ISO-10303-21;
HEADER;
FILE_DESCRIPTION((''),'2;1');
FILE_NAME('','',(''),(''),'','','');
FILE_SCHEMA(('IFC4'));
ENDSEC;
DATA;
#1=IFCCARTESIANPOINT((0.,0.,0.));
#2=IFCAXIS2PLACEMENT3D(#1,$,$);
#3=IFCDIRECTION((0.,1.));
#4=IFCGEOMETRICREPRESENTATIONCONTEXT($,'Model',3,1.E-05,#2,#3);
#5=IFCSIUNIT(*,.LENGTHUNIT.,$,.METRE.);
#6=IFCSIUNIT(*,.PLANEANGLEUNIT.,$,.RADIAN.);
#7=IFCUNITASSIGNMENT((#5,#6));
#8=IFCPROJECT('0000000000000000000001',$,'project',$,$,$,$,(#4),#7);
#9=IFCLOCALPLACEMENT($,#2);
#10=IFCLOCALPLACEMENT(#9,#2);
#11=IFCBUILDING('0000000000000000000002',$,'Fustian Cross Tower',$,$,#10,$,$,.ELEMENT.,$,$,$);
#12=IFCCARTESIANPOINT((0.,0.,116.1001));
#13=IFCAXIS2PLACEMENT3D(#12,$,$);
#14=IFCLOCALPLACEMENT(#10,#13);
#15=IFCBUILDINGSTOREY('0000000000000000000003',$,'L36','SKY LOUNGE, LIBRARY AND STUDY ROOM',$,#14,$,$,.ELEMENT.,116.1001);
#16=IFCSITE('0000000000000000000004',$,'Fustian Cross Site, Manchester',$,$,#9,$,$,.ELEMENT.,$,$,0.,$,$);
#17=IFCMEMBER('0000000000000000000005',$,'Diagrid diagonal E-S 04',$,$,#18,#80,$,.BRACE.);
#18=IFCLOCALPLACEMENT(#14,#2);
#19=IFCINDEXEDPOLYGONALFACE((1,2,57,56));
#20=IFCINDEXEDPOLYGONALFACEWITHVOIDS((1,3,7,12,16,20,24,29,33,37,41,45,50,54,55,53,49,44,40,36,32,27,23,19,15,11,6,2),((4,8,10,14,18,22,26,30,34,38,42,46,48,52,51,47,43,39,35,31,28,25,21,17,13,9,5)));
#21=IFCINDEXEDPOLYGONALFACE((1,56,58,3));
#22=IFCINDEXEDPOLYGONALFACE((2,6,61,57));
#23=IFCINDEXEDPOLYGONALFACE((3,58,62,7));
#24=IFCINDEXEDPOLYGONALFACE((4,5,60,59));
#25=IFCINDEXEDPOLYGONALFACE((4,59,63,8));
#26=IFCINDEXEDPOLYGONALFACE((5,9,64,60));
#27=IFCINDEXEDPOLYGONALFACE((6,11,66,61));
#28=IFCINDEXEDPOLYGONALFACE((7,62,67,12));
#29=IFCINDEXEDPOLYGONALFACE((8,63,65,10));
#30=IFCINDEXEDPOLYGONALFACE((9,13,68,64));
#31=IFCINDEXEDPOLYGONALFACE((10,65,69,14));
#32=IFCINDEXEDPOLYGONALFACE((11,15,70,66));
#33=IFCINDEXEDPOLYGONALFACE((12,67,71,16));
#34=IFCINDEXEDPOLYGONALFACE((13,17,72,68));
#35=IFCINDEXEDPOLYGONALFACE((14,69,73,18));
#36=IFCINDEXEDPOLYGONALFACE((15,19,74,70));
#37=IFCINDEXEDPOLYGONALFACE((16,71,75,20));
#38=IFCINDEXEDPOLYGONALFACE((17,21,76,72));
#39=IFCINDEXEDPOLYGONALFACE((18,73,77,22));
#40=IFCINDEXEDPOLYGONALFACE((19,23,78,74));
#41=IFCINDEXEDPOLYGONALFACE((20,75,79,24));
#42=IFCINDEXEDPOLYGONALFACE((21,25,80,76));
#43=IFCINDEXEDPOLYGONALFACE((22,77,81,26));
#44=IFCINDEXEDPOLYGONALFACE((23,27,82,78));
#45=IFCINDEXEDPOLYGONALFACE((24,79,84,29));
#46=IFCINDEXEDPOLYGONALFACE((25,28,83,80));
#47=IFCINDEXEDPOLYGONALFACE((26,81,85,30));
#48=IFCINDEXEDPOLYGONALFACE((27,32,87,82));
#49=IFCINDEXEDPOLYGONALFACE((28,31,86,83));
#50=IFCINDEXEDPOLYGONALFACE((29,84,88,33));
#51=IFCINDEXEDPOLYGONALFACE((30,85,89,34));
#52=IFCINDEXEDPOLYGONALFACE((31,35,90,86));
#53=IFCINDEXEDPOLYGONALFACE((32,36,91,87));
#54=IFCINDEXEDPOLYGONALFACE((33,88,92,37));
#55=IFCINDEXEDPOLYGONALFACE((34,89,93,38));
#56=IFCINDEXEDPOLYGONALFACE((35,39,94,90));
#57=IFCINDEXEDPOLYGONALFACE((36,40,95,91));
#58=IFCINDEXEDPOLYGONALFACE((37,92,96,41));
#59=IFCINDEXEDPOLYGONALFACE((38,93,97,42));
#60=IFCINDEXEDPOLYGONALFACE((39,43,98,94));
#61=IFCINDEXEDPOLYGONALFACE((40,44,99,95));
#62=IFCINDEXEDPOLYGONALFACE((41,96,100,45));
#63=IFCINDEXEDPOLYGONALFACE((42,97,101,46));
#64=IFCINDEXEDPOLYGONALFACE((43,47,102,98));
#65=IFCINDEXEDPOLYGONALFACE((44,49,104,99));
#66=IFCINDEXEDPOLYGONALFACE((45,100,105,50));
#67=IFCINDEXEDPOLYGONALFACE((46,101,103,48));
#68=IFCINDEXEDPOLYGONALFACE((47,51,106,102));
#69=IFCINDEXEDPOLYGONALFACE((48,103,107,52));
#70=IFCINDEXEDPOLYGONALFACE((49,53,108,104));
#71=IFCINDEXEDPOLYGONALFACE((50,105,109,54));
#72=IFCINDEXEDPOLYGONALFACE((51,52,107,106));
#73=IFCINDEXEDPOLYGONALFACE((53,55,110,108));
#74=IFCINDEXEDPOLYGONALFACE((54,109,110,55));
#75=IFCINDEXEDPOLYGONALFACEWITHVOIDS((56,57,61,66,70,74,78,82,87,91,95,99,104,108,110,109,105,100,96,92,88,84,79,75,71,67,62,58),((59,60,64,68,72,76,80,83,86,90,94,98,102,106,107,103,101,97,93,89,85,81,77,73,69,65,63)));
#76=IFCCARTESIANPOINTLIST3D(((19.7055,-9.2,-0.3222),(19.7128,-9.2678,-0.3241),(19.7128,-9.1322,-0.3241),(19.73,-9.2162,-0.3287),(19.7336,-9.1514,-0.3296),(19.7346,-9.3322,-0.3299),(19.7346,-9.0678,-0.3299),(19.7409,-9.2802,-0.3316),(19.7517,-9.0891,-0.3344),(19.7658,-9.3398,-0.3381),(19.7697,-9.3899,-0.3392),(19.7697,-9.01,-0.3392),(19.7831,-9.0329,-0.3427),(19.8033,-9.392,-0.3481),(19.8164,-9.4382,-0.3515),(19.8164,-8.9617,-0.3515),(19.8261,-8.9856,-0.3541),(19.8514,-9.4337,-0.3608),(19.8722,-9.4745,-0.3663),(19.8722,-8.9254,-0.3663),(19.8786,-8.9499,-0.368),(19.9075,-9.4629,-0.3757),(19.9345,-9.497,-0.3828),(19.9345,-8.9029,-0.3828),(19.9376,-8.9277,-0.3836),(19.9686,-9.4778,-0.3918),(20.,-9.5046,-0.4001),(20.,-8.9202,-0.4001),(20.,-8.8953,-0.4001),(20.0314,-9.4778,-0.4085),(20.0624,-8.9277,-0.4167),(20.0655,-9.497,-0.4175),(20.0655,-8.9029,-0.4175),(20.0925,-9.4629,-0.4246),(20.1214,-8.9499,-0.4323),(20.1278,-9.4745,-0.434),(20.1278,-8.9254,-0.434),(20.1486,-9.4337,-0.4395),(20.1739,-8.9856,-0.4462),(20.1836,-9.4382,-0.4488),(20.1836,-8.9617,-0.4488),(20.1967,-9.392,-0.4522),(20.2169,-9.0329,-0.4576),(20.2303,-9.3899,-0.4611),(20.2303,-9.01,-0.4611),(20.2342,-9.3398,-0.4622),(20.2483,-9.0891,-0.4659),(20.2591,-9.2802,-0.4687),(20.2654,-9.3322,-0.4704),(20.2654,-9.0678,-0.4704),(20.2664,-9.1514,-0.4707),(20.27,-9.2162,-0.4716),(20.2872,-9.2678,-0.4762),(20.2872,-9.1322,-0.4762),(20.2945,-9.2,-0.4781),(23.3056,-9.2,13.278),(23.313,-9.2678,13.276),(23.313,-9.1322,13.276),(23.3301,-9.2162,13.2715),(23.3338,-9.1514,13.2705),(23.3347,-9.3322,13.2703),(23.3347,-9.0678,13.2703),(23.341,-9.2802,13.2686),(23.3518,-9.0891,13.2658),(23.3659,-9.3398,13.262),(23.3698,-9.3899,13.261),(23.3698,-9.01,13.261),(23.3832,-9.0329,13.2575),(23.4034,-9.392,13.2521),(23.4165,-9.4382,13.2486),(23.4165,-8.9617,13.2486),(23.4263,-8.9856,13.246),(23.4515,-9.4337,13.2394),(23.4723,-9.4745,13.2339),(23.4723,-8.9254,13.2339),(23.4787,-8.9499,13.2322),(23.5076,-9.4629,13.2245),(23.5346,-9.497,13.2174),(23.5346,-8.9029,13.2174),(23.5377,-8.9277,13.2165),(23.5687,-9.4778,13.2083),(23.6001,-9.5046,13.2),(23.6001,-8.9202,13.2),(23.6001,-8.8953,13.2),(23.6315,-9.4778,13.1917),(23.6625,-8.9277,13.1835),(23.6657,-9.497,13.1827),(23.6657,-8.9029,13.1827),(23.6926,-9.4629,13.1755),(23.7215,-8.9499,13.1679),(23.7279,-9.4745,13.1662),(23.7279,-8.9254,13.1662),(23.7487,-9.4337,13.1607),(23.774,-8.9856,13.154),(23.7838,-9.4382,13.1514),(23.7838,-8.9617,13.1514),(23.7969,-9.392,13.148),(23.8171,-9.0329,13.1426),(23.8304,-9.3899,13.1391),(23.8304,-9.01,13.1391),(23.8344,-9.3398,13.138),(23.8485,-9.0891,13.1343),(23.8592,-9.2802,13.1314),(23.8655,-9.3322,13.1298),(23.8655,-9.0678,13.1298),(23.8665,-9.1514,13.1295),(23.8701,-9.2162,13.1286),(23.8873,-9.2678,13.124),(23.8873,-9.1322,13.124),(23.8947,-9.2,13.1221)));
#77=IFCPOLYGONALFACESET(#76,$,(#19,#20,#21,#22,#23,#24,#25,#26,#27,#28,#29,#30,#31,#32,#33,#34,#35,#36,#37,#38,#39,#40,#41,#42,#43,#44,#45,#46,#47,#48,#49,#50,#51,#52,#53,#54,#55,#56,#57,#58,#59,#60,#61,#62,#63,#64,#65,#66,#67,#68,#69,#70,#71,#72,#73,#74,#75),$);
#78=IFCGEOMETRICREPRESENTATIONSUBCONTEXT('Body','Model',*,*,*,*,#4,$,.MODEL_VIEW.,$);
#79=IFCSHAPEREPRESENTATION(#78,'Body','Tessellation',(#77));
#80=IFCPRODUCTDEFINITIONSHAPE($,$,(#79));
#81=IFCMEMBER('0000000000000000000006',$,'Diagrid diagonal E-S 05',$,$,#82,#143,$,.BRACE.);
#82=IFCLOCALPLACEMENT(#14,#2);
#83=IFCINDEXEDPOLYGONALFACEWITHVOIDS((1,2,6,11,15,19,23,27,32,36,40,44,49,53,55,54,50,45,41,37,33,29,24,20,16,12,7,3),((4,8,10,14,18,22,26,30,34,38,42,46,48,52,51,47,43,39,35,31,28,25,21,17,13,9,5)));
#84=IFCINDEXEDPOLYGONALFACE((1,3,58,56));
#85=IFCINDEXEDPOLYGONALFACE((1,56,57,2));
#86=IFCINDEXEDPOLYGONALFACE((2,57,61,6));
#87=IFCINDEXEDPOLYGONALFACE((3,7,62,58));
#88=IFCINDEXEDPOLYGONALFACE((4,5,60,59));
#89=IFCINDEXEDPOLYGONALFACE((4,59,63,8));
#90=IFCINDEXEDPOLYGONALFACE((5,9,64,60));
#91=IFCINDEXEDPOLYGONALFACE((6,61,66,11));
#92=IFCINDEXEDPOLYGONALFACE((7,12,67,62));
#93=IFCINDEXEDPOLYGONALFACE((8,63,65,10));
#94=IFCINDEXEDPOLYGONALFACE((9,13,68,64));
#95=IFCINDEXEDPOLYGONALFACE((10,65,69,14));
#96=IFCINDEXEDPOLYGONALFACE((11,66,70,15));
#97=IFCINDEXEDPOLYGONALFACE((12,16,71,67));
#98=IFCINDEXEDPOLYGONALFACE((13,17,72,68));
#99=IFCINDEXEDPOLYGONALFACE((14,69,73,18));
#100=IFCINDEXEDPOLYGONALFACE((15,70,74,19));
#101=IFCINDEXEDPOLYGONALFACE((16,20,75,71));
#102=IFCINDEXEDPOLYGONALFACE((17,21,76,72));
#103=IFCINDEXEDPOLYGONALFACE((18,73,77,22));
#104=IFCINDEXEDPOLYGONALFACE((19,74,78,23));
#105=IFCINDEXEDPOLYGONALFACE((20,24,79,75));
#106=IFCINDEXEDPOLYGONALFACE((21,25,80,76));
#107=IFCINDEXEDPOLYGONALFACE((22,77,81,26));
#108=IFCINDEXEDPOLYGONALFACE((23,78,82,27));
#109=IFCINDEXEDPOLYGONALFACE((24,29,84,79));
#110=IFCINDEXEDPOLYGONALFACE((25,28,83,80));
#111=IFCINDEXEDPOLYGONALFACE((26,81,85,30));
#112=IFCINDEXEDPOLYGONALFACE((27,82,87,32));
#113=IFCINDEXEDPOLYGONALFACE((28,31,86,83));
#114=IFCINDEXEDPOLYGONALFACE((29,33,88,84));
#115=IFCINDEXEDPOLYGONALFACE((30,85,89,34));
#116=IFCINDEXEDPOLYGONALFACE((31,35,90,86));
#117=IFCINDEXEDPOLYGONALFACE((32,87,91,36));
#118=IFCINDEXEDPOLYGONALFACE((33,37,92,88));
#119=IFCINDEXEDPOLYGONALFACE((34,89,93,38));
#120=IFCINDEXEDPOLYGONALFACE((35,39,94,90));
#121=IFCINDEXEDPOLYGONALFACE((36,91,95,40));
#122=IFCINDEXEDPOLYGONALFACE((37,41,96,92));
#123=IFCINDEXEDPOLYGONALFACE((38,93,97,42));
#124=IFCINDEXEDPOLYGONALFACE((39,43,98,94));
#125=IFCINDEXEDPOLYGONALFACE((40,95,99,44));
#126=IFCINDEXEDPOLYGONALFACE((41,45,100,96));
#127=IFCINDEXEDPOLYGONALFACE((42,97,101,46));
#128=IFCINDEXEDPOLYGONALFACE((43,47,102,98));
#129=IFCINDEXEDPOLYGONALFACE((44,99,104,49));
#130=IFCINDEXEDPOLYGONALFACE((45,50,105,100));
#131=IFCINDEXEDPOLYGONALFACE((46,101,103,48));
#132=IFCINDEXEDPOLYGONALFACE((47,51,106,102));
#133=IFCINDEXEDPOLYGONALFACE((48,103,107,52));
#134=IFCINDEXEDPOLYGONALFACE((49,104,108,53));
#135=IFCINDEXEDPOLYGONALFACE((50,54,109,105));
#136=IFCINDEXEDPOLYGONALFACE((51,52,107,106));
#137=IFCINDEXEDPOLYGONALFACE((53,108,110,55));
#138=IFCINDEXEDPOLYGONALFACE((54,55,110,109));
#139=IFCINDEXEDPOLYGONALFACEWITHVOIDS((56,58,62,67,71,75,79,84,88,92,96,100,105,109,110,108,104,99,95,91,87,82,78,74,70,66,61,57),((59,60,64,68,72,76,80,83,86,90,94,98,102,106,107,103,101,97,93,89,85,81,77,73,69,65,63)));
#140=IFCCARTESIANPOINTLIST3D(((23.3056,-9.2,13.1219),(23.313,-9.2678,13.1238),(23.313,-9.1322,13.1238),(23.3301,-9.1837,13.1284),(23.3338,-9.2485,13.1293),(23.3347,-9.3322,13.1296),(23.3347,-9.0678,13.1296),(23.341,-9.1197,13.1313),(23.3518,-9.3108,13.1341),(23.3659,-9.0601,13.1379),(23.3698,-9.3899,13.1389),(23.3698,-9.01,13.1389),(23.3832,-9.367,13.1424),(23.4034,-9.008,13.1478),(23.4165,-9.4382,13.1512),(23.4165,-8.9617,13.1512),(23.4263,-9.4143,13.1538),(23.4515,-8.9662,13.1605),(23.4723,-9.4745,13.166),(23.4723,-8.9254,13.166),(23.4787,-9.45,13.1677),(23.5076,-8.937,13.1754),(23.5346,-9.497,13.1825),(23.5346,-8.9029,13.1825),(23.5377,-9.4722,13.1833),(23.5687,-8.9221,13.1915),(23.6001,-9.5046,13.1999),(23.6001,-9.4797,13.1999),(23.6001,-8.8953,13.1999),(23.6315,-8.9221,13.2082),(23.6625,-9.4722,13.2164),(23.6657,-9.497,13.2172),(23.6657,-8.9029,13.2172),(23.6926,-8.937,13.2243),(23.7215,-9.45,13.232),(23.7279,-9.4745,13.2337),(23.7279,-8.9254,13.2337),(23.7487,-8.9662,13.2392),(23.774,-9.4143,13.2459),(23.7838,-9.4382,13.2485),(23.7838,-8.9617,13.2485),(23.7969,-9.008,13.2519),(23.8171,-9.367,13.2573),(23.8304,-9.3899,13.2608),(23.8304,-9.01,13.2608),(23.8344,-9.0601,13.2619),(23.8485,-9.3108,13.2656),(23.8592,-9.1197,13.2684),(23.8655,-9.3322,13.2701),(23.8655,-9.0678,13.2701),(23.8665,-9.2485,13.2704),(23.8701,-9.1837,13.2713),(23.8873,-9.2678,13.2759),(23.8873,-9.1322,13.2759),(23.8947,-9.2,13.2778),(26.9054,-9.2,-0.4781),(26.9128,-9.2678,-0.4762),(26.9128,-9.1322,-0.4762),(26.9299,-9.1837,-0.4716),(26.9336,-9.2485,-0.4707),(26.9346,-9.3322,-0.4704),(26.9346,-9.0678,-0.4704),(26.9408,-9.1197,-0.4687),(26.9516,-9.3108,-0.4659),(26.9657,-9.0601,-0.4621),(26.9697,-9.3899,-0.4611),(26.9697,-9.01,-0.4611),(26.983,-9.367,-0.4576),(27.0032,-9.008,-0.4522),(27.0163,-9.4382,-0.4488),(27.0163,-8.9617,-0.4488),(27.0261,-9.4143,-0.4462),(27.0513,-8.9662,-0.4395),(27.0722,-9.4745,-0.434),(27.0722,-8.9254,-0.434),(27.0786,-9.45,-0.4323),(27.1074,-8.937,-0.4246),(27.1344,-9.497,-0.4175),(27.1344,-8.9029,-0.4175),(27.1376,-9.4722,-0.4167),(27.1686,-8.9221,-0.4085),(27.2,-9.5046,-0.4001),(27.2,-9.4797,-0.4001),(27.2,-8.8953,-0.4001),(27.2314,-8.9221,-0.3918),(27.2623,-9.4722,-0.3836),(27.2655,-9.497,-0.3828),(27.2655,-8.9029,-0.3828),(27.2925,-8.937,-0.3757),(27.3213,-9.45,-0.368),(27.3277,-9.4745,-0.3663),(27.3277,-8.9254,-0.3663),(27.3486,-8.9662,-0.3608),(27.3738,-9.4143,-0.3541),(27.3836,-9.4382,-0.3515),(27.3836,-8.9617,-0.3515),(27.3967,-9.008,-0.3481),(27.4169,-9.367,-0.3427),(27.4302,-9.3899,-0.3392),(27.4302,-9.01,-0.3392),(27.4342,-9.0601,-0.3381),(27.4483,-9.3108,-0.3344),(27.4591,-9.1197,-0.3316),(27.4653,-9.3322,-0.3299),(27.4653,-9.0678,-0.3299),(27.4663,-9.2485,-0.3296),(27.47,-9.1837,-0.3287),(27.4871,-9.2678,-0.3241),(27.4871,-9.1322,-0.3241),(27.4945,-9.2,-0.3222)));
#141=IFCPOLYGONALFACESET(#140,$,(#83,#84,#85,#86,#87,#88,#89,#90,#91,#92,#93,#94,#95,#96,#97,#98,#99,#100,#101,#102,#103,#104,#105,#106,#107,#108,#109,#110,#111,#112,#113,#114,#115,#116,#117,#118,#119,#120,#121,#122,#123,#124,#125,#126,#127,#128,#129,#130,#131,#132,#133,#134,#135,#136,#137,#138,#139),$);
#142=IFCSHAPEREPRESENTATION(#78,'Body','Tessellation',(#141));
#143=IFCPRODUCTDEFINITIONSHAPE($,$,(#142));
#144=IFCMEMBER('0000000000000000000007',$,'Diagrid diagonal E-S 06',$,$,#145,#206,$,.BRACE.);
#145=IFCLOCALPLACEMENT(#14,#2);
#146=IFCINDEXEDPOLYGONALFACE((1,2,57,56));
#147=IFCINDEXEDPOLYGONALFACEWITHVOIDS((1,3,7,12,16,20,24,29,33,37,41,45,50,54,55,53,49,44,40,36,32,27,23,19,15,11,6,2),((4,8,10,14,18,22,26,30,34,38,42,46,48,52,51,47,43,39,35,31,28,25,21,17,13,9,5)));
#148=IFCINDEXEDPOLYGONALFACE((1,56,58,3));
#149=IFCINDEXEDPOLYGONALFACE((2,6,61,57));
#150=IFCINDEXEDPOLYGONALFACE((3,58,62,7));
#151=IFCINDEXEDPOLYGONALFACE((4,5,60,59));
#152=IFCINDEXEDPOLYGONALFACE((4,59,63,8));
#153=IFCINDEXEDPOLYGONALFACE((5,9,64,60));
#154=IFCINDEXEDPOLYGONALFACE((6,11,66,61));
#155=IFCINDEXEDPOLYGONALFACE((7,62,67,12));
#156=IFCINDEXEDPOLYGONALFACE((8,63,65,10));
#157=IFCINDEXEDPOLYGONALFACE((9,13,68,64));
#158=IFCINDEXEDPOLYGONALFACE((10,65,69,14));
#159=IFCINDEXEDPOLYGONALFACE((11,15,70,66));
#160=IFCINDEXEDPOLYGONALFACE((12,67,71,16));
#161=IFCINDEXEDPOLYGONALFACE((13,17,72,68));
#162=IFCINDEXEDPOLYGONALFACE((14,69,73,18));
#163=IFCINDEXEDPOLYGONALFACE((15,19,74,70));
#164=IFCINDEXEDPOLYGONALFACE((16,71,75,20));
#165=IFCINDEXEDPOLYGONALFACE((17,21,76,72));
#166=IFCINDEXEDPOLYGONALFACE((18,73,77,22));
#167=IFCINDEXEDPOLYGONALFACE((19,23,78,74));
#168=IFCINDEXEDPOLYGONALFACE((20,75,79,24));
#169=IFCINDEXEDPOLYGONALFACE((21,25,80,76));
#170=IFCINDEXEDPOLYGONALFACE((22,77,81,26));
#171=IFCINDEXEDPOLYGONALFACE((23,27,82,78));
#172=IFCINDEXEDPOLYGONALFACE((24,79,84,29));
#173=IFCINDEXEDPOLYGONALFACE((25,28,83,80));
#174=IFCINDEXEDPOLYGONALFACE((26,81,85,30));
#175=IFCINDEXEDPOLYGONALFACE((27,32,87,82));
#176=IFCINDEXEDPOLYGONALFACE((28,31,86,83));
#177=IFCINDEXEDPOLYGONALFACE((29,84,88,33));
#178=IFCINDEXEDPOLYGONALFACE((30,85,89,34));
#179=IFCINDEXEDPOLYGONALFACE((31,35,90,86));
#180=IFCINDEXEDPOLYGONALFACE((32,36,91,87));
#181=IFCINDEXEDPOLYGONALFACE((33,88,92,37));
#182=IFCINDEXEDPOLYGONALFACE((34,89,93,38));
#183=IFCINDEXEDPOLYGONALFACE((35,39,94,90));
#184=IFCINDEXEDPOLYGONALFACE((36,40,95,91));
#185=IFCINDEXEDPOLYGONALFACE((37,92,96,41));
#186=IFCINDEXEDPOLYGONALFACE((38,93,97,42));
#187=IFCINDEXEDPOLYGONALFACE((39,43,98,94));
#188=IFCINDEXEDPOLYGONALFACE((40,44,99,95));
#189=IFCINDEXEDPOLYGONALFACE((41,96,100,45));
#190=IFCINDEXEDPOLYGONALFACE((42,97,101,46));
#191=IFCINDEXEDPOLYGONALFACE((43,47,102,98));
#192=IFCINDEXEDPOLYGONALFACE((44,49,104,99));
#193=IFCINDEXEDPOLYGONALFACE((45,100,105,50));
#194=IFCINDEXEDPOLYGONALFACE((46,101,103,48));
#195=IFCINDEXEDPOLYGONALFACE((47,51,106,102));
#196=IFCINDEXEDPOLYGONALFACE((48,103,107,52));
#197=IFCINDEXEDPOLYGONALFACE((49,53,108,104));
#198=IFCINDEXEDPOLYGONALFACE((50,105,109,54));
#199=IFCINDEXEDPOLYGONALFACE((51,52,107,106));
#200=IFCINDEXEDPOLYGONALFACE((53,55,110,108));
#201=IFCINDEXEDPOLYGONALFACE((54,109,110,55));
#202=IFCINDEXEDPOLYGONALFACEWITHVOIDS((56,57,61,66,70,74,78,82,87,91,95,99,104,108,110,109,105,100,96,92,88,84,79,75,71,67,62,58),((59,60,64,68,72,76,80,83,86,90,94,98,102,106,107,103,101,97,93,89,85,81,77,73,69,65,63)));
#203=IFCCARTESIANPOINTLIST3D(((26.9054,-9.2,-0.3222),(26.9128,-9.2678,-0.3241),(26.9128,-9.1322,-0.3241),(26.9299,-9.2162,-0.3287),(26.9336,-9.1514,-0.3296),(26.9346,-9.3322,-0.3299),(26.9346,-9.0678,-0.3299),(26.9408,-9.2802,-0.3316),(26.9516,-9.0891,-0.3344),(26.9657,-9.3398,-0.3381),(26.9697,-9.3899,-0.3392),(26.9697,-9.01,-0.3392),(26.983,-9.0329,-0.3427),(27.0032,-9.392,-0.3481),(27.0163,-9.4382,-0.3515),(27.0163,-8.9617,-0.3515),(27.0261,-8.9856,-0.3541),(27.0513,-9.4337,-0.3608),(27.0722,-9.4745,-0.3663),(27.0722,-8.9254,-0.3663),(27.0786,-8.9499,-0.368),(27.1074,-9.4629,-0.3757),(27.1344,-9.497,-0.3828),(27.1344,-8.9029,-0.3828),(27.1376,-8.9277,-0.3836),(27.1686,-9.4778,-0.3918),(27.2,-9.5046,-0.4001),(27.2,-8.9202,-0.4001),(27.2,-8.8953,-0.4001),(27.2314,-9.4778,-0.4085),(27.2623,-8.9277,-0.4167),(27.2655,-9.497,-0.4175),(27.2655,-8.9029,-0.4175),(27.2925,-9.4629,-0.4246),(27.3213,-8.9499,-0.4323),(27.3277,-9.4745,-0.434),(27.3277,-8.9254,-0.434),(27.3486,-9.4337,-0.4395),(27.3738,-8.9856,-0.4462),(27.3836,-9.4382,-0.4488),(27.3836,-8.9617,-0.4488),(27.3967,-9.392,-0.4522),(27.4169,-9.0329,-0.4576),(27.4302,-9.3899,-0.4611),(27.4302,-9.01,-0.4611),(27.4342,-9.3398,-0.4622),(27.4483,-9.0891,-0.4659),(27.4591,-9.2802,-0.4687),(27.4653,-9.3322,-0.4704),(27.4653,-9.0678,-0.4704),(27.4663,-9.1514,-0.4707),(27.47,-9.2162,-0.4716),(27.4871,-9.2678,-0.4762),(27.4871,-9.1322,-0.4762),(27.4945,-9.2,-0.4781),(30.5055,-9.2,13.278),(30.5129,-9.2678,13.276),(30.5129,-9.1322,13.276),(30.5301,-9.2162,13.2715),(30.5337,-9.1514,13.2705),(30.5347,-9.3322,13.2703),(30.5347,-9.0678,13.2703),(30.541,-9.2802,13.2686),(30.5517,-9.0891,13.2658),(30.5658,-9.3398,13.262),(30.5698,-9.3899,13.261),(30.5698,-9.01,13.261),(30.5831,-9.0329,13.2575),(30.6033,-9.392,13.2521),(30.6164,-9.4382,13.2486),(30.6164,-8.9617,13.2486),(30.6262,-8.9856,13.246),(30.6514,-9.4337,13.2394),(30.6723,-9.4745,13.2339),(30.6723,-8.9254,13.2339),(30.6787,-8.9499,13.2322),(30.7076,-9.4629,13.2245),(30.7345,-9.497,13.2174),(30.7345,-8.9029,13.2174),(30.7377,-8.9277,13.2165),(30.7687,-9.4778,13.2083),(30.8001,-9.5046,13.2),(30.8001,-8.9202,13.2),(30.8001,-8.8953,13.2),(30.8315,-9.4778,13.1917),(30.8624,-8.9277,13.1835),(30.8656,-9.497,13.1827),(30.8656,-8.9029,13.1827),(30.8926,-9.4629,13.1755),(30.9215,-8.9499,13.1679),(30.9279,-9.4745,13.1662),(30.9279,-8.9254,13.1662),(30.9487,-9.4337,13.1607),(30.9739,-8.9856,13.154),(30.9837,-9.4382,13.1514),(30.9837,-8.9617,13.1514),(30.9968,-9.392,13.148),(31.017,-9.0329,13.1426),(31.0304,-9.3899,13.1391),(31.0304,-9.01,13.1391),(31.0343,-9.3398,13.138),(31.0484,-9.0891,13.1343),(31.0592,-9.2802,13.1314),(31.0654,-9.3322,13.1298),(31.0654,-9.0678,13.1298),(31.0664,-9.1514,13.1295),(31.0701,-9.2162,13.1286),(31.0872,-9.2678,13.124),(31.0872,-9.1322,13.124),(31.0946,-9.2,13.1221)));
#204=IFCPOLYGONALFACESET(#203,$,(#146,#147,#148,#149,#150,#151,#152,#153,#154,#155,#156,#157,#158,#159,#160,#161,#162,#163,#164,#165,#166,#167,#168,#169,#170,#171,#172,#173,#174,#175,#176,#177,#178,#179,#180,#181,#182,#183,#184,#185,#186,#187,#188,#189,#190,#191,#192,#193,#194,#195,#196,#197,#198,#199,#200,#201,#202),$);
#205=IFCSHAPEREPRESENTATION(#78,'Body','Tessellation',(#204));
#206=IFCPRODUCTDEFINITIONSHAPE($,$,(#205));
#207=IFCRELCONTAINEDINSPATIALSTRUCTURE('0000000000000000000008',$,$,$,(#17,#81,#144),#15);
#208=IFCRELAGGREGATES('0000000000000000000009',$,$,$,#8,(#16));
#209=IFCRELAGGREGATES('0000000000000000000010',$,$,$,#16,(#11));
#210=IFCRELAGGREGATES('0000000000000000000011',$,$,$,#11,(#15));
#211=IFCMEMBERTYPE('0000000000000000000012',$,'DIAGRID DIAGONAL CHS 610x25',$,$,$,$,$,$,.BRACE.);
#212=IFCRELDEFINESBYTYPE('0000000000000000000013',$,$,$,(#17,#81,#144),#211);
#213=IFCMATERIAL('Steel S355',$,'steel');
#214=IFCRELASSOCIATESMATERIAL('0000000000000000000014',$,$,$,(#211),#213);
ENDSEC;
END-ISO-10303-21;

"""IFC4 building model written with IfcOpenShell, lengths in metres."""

from ifc_helpers import new_model, si_unit, direction, frame, origin, origin_2d, place, context, subcontext, project, spatial, hollow_circle, extrude, material, material_profile, profile_set, type_object, element, save


model = new_model("IFC4")

# Units and contexts
model_context = context("Model", 3, precision=1e-05, world=origin(), true_north=direction((0.0, 1.0)))
body_context = subcontext(model_context, "Body", "Model", "MODEL_VIEW")
ifc_project = project(units=[si_unit("LENGTHUNIT", "METRE"), si_unit("PLANEANGLEUNIT", "RADIAN")], contexts=[model_context])

# Site, building, storey
site_placement = place(None, origin())
site = spatial("IfcSite", under=ifc_project, at=site_placement, Name="Fustian Cross Site, Manchester", CompositionType="ELEMENT", RefElevation=0.0)
building_placement = place(site_placement, origin())
building = spatial("IfcBuilding", under=site, at=building_placement, Name="Fustian Cross Tower", CompositionType="ELEMENT")
storey_placement = place(building_placement, frame((0.0, 0.0, 116.1001)))
storey = spatial("IfcBuildingStorey", under=building, at=storey_placement, Name="L36", Description="SKY LOUNGE, LIBRARY AND STUDY ROOM", CompositionType="ELEMENT", Elevation=116.1001)

# Members
ifc_material_1 = material(Name="Steel S355", Category="steel")
ifc_material_profile_1 = material_profile(ifc_material_1, hollow_circle(Radius=0.3047, WallThickness=0.0249, at=origin_2d()), Name="CHS 610x25")
ifc_profile_set_1 = profile_set([ifc_material_profile_1], Name="Steel S355")
member_type_1 = type_object("IfcMemberType", Name="DIAGRID DIAGONAL CHS 610x25", PredefinedType="BRACE", material=ifc_profile_set_1)
member_1_placement = place(storey_placement, frame((20.0, -9.2, -0.4001), z_axis=(0.255897, 0.0, 0.966704), x_axis=(0.0, 1.0, 0.0)))
element("IfcMember", 1, at=member_1_placement, inside=storey, type_object=member_type_1, Name="Diagrid diagonal E-S 04", PredefinedType="BRACE", context=body_context, shape_type="SweptSolid", body=[
    extrude(hollow_circle(Radius=0.3047, WallThickness=0.0249, at=origin_2d()), origin(), (0.0, 0.0, 1.0), 14.0686),
])
member_2_placement = place(storey_placement, frame((27.2, -9.2, -0.4001), z_axis=(-0.255881, 0.0, 0.966708), x_axis=(0.0, -1.0, 0.0)))
element("IfcMember", 2, at=member_2_placement, inside=storey, type_object=member_type_1, Name="Diagrid diagonal E-S 05", PredefinedType="BRACE", context=body_context, shape_type="SweptSolid", body=[
    extrude(hollow_circle(Radius=0.3047, WallThickness=0.0249, at=origin_2d()), origin(), (0.0, 0.0, 1.0), 14.0684),
])
member_3_placement = place(storey_placement, frame((27.2, -9.2, -0.4001), z_axis=(0.255897, 0.0, 0.966704), x_axis=(0.0, 1.0, 0.0)))
element("IfcMember", 3, at=member_3_placement, inside=storey, type_object=member_type_1, Name="Diagrid diagonal E-S 06", PredefinedType="BRACE", context=body_context, shape_type="SweptSolid", body=[
    extrude(hollow_circle(Radius=0.3047, WallThickness=0.0249, at=origin_2d()), origin(), (0.0, 0.0, 1.0), 14.0686),
])

save(model, "model.ifc")
